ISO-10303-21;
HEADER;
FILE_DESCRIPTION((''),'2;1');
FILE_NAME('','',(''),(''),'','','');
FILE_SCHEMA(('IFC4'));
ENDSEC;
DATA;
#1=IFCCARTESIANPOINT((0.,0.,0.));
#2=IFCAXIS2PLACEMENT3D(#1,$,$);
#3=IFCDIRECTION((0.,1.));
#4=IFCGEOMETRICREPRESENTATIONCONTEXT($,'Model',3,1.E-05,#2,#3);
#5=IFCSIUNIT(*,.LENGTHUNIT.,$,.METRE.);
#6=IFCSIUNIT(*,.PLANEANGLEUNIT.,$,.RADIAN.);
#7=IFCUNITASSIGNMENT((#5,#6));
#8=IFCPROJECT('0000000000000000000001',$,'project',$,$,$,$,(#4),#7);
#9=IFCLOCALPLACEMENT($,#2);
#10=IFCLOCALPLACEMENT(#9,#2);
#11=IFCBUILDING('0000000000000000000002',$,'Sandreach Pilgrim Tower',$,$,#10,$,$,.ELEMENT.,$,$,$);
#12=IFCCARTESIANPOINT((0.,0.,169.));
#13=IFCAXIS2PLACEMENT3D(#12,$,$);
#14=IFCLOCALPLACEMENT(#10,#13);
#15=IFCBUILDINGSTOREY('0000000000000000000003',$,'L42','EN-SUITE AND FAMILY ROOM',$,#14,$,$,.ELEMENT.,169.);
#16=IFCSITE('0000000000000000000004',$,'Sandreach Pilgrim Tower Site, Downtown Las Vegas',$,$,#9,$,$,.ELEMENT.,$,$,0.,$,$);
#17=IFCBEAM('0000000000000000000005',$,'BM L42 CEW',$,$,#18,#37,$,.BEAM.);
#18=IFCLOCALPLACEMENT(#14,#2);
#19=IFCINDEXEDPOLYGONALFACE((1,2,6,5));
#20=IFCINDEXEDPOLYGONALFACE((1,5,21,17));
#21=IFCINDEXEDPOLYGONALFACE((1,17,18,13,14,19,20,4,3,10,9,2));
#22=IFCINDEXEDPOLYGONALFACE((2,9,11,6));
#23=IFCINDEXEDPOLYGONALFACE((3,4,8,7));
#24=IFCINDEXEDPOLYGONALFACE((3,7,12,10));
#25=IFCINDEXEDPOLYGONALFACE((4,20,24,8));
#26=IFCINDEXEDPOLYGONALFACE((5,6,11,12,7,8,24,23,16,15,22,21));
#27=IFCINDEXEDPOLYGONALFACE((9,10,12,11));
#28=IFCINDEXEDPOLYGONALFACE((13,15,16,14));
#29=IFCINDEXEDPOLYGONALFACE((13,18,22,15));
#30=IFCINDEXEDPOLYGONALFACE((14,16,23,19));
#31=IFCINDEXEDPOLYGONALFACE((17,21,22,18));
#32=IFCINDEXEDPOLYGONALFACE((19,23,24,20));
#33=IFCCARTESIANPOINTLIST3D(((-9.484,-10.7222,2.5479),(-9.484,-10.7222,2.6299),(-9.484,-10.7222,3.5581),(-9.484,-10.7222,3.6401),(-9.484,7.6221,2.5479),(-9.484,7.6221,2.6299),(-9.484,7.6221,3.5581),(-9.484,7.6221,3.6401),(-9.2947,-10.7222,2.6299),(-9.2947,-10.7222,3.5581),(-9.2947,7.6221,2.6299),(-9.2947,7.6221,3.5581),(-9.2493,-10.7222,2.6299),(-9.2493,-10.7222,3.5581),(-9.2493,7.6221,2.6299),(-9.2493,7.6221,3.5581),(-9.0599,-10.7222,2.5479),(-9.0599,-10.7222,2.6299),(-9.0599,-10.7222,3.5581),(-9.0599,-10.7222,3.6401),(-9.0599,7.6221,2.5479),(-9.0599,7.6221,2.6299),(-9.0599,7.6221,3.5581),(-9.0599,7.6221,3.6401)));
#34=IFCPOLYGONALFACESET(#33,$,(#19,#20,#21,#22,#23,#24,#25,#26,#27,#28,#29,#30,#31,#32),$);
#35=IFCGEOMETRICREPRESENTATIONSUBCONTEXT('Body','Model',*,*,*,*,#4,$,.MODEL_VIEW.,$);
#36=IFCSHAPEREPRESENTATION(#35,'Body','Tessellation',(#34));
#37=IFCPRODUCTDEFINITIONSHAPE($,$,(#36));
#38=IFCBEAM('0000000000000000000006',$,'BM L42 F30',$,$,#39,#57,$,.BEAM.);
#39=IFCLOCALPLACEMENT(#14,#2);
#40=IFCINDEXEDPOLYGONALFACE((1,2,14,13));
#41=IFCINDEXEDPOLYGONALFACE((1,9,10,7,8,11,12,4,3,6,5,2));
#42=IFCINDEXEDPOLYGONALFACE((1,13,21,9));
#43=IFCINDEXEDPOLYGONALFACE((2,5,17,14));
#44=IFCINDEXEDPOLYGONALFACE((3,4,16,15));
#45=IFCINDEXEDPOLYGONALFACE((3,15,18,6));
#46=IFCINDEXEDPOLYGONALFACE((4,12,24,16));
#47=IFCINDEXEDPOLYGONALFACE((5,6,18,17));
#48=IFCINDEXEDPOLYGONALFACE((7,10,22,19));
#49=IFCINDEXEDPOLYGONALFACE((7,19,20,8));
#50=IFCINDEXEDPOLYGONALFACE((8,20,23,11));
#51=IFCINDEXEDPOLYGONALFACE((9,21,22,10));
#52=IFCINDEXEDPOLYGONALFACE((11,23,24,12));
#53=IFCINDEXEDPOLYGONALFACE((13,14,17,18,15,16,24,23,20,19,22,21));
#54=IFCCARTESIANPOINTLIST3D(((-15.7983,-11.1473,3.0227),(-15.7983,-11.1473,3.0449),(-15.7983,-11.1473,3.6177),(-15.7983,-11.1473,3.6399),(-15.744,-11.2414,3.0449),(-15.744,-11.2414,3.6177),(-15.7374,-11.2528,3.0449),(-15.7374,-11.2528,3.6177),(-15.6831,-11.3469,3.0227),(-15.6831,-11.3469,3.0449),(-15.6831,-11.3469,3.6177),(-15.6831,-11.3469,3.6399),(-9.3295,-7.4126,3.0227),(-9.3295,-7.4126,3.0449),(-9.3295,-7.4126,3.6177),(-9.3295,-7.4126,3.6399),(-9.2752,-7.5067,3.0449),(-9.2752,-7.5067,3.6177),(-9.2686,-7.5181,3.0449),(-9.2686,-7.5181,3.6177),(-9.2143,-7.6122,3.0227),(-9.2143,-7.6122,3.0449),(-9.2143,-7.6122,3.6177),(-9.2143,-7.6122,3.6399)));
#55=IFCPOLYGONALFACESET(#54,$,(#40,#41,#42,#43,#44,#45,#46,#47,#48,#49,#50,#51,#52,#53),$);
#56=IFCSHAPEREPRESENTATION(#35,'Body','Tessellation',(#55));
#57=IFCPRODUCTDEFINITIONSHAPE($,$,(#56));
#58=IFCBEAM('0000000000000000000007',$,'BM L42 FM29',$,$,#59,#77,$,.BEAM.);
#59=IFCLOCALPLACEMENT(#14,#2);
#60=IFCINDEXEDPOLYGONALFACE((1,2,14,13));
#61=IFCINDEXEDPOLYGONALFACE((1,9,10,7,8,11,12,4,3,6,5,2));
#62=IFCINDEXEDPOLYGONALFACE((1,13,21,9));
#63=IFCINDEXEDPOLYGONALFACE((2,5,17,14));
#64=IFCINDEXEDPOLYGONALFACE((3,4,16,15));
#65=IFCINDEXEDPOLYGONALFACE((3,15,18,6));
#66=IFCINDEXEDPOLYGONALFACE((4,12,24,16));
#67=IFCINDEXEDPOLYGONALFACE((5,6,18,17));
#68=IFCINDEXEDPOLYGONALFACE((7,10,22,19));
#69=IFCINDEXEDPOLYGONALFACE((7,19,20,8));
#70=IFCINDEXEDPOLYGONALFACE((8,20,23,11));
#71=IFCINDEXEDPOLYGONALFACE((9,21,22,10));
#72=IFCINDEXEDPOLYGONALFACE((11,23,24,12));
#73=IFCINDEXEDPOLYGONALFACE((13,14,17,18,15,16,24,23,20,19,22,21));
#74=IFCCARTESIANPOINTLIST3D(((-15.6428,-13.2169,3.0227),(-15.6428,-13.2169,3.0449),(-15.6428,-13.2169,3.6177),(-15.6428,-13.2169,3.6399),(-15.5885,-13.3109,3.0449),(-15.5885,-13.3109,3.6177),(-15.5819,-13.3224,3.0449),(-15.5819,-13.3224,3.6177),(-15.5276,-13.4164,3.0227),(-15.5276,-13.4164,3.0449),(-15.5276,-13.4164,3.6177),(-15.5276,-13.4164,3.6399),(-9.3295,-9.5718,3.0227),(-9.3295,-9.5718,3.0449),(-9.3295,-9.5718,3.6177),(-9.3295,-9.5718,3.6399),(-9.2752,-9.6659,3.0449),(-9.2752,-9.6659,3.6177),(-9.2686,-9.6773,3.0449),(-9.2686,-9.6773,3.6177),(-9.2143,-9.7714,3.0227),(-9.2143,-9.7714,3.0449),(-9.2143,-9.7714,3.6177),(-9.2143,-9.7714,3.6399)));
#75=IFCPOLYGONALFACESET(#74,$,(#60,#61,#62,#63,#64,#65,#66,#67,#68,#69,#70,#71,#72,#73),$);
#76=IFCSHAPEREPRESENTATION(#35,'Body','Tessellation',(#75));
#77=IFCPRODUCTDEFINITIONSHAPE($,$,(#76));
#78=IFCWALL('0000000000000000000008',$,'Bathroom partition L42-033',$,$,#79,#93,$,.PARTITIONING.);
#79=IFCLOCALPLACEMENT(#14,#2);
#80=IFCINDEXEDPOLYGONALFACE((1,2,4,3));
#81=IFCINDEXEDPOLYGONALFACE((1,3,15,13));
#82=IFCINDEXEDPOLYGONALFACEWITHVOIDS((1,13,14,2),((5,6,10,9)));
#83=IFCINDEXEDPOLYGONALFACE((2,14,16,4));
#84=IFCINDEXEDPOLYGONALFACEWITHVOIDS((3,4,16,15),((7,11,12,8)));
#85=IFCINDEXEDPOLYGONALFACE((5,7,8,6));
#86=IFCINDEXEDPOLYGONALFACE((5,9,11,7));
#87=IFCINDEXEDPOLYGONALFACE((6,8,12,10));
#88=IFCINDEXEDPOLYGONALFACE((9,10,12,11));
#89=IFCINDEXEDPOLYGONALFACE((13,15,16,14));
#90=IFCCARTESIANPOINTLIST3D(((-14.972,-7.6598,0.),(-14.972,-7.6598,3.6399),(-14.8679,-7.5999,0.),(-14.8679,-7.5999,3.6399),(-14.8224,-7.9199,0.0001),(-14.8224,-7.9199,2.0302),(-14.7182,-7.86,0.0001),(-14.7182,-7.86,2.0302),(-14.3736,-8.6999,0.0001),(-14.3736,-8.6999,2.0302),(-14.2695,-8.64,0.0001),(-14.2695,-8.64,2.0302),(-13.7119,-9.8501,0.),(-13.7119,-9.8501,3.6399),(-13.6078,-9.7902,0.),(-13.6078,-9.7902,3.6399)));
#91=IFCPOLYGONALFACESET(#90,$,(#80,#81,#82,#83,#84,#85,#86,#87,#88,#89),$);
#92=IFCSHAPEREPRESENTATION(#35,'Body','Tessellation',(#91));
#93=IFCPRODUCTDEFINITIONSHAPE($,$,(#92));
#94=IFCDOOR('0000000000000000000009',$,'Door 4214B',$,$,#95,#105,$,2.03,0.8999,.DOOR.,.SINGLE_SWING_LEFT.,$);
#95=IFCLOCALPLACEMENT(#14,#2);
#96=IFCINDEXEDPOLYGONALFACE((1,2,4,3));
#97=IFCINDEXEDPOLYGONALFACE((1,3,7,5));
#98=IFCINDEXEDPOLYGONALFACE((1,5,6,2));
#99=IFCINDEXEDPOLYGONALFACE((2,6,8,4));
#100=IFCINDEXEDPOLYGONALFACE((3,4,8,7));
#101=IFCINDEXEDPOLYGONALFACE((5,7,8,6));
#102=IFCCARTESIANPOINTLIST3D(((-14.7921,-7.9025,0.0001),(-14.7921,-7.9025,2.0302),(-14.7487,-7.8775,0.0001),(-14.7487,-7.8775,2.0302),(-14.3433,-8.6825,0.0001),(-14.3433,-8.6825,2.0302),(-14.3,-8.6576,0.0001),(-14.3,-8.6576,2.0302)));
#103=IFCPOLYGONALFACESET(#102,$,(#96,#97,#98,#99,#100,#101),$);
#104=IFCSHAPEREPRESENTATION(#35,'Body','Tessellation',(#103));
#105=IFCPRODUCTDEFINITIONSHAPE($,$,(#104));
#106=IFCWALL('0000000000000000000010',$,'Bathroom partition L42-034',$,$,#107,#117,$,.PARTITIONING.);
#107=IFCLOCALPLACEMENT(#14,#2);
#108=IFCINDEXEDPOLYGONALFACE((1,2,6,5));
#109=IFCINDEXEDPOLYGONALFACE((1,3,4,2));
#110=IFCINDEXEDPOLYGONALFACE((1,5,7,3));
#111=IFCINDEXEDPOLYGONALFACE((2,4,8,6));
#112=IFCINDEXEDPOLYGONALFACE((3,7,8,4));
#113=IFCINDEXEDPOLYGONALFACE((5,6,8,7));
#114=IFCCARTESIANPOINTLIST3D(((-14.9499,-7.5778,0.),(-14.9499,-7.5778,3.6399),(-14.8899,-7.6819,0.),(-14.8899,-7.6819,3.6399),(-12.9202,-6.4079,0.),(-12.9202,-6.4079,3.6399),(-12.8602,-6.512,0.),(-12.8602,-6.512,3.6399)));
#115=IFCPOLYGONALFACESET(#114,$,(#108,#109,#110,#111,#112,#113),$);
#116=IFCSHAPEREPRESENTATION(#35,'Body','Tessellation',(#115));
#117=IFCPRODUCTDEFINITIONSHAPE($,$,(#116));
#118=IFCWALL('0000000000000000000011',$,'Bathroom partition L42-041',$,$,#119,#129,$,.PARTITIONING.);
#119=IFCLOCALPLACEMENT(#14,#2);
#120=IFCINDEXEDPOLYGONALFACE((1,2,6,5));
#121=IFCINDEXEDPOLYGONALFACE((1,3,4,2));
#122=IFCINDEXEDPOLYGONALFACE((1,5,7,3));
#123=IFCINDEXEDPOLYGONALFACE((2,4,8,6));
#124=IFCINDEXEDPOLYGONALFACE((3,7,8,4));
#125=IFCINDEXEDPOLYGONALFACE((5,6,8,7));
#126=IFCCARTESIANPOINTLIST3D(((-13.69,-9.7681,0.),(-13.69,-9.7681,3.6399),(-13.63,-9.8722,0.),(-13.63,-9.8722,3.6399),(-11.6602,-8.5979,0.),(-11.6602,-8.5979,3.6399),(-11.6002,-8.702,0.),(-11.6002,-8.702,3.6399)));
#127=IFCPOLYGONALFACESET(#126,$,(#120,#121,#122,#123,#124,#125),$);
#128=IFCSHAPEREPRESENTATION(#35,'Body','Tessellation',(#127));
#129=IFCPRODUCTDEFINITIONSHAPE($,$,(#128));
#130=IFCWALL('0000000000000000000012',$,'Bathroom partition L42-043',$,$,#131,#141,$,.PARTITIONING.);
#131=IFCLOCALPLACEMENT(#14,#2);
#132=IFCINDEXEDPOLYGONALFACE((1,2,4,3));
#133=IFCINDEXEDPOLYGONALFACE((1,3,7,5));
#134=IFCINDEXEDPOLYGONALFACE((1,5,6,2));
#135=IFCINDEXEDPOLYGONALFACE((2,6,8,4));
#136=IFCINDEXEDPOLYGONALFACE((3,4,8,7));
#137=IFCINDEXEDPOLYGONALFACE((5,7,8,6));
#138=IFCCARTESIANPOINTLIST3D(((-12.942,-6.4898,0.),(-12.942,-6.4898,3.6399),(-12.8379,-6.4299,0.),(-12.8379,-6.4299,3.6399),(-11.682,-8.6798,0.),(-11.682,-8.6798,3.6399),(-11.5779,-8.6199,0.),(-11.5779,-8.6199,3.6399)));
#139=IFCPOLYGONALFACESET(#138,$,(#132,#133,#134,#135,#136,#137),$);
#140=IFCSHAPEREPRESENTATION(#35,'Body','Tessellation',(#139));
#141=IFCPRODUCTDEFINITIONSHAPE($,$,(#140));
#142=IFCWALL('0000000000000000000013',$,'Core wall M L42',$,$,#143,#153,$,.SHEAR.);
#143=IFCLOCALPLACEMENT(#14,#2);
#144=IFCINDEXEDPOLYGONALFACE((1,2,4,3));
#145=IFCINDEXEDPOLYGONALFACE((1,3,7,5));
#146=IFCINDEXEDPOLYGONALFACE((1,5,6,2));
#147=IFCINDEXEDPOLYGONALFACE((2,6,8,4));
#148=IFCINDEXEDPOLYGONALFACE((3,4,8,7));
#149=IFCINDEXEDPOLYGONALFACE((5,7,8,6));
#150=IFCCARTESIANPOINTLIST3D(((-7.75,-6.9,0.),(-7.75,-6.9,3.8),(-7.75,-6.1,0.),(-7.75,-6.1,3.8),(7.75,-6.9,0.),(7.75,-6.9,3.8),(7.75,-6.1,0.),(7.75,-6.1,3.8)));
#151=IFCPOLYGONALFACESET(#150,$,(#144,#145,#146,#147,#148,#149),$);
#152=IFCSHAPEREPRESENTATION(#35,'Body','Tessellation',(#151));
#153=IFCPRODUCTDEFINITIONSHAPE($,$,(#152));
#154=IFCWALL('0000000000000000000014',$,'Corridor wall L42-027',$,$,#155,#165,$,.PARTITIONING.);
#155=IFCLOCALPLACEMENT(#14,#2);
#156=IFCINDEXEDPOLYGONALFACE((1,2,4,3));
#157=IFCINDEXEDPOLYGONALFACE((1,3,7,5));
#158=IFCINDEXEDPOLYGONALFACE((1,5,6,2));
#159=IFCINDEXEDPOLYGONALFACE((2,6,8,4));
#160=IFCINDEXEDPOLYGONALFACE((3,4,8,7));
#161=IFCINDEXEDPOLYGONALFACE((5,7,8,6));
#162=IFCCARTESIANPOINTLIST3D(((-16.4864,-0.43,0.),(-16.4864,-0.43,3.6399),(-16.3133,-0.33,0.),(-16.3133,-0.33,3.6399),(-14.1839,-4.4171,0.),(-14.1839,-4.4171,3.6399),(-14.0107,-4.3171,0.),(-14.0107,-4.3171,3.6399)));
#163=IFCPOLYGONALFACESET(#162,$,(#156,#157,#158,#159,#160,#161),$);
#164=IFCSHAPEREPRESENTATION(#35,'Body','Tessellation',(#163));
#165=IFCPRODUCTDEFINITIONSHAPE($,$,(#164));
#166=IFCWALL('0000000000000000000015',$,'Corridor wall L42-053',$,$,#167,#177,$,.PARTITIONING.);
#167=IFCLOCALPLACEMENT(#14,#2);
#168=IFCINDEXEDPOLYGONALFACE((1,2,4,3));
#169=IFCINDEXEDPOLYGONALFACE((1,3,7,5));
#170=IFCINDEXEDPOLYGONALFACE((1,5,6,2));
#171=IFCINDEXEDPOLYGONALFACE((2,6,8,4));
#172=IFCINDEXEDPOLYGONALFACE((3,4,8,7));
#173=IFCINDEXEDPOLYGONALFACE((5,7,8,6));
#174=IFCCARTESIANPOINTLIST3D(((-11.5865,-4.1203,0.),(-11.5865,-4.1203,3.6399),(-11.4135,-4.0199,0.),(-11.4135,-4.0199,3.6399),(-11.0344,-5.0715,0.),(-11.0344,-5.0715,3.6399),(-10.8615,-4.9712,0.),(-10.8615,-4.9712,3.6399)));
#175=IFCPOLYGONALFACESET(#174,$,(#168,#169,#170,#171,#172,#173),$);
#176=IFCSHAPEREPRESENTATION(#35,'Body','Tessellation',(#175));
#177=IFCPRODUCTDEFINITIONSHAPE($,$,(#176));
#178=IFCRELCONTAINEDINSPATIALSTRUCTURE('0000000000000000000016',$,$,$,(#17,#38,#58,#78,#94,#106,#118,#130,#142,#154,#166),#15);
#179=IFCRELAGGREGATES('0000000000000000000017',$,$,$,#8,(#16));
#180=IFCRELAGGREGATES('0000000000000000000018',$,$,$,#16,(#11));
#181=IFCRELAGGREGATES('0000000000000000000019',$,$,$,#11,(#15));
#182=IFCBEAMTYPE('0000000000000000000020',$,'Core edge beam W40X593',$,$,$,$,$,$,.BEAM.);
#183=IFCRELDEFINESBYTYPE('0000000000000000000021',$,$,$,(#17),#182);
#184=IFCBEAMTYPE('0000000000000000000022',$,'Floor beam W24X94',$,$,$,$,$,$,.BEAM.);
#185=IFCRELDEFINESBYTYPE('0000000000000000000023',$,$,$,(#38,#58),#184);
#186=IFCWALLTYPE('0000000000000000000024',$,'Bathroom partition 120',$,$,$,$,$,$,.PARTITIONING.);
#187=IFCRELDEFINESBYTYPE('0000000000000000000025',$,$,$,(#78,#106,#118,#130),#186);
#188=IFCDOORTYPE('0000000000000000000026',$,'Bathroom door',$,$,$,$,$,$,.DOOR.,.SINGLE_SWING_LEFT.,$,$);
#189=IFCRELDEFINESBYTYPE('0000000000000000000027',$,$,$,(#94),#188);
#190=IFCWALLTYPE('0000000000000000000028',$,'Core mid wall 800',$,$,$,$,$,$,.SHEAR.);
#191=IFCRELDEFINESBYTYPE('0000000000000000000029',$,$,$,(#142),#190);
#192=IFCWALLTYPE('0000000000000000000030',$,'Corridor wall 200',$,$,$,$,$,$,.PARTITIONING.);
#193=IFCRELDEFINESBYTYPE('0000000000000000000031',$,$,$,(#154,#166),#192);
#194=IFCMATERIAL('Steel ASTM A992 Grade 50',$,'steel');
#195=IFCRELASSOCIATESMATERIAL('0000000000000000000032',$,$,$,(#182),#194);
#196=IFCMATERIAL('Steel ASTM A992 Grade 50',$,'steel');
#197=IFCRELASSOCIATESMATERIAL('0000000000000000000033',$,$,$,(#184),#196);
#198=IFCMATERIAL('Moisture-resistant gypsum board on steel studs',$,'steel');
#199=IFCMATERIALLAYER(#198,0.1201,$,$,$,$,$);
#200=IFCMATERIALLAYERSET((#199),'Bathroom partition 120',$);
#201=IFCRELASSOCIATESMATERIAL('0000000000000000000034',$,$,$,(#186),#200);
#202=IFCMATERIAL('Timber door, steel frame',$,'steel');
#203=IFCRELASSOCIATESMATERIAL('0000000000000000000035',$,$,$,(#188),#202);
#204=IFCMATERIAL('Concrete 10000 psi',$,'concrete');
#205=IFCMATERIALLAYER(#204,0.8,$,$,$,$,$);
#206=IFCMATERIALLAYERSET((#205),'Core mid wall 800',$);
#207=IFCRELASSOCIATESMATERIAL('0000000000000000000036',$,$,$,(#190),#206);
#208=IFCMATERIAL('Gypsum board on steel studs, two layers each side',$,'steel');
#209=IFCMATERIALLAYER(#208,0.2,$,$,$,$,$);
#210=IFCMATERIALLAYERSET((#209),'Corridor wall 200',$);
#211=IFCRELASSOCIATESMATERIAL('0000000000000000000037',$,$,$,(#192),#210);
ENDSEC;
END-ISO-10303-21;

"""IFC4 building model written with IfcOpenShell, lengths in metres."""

from ifc_helpers import new_model, si_unit, direction, frame, frame_2d, origin, origin_2d, place, context, subcontext, project, spatial, rectangle, i_section, extrude, material, layer, layer_set, material_profile, profile_set, type_object, element, fill, save


model = new_model("IFC4")

# Units and contexts
model_context = context("Model", 3, precision=1e-05, world=origin(), true_north=direction((0.0, 1.0)))
body_context = subcontext(model_context, "Body", "Model", "MODEL_VIEW")
ifc_project = project(units=[si_unit("LENGTHUNIT", "METRE"), si_unit("PLANEANGLEUNIT", "RADIAN")], contexts=[model_context])

# Site, building, storey
site_placement = place(None, origin())
site = spatial("IfcSite", under=ifc_project, at=site_placement, Name="Sandreach Pilgrim Tower Site, Downtown Las Vegas", CompositionType="ELEMENT", RefElevation=0.0)
building_placement = place(site_placement, origin())
building = spatial("IfcBuilding", under=site, at=building_placement, Name="Sandreach Pilgrim Tower", CompositionType="ELEMENT")
storey_placement = place(building_placement, frame((0.0, 0.0, 169.0)))
storey = spatial("IfcBuildingStorey", under=building, at=storey_placement, Name="L42", Description="EN-SUITE AND FAMILY ROOM", CompositionType="ELEMENT", Elevation=169.0)

# Beams
ifc_material_1 = material(Name="Steel ASTM A992 Grade 50", Category="steel")
ifc_material_profile_1 = material_profile(ifc_material_1, i_section(OverallWidth=0.4241, OverallDepth=1.0923, WebThickness=0.0454, FlangeThickness=0.082, at=origin_2d()), Name="W40X593")
ifc_profile_set_1 = profile_set([ifc_material_profile_1], Name="Steel ASTM A992 Grade 50")
beam_type_1 = type_object("IfcBeamType", Name="Core edge beam W40X593", PredefinedType="BEAM", material=ifc_profile_set_1)
beam_1_placement = place(storey_placement, frame((-9.272, -10.7222, 3.094), z_axis=(0.0, 1.0, 0.0), x_axis=(-1.0, 0.0, 0.0)))
element("IfcBeam", 1, at=beam_1_placement, inside=storey, type_object=beam_type_1, Name="BM L42 CEW", PredefinedType="BEAM", context=body_context, shape_type="SweptSolid", body=[
    extrude(i_section(OverallWidth=0.4241, OverallDepth=1.0923, WebThickness=0.0454, FlangeThickness=0.082, at=origin_2d()), origin(), (0.0, 0.0, 1.0), 18.3442),
])
ifc_material_2 = material(Name="Steel ASTM A992 Grade 50", Category="steel")
ifc_material_profile_2 = material_profile(ifc_material_2, i_section(OverallWidth=0.2305, OverallDepth=0.6172, WebThickness=0.0132, FlangeThickness=0.0222, at=origin_2d()), Name="W24X94")
ifc_profile_set_2 = profile_set([ifc_material_profile_2], Name="Steel ASTM A992 Grade 50")
beam_type_2 = type_object("IfcBeamType", Name="Floor beam W24X94", PredefinedType="BEAM", material=ifc_profile_set_2)
beam_2_placement = place(storey_placement, frame((-15.7407, -11.2471, 3.3313), z_axis=(0.866032, 0.499988, 0.0), x_axis=(-0.499988, 0.866032, 0.0)))
element("IfcBeam", 2, at=beam_2_placement, inside=storey, type_object=beam_type_2, Name="BM L42 F30", PredefinedType="BEAM", context=body_context, shape_type="SweptSolid", body=[
    extrude(i_section(OverallWidth=0.2305, OverallDepth=0.6172, WebThickness=0.0132, FlangeThickness=0.0222, at=origin_2d()), origin(), (0.0, 0.0, 1.0), 7.4695),
])
beam_3_placement = place(storey_placement, frame((-15.5852, -13.3167, 3.3313), z_axis=(0.866021, 0.500008, 0.0), x_axis=(-0.500008, 0.866021, 0.0)))
element("IfcBeam", 3, at=beam_3_placement, inside=storey, type_object=beam_type_2, Name="BM L42 FM29", PredefinedType="BEAM", context=body_context, shape_type="SweptSolid", body=[
    extrude(i_section(OverallWidth=0.2305, OverallDepth=0.6172, WebThickness=0.0132, FlangeThickness=0.0222, at=origin_2d()), origin(), (0.0, 0.0, 1.0), 7.29),
])

# Wall, opening, door
ifc_material_3 = material(Name="Moisture-resistant gypsum board on steel studs", Category="steel")
ifc_layer_1 = layer(ifc_material_3, 0.1201)
ifc_layer_set_1 = layer_set([ifc_layer_1], Name="Bathroom partition 120")
wall_type_1 = type_object("IfcWallType", Name="Bathroom partition 120", PredefinedType="PARTITIONING", material=ifc_layer_set_1)
wall_1_placement = place(storey_placement, frame((-14.9199, -7.6299, 0.0), z_axis=(0.0, 0.0, 1.0), x_axis=(0.498665, -0.866795, 0.0)))
wall_1 = element("IfcWall", 4, at=wall_1_placement, inside=storey, type_object=wall_type_1, Name="Bathroom partition L42-033", PredefinedType="PARTITIONING", context=body_context, shape_type="SweptSolid", body=[
    extrude(rectangle(XDim=2.5269, YDim=0.1201, at=frame_2d((1.2634, 0.0))), origin(), (0.0, 0.0, 1.0), 3.6399),
])
opening_1_placement = place(wall_1_placement, frame((0.3, 0.0, 0.0)))
opening_1 = element("IfcOpeningElement", 5, at=opening_1_placement, cuts=wall_1, PredefinedType="OPENING", context=body_context, shape_type="SweptSolid", body=[
    extrude(rectangle(XDim=0.8999, YDim=2.03, at=frame_2d((0.45, 1.0151))), frame((0.0, 0.0601, 0.0), z_axis=(0.0, -1.0, 0.0), x_axis=(1.0, 0.0, 0.0)), (0.0, 0.0, 1.0), 0.1201),
])
ifc_material_4 = material(Name="Timber door, steel frame", Category="steel")
door_type_1 = type_object("IfcDoorType", Name="Bathroom door", OperationType="SINGLE_SWING_LEFT", PredefinedType="DOOR", material=ifc_material_4)
door_1_placement = place(opening_1_placement, origin())
door_1 = element("IfcDoor", 6, at=door_1_placement, inside=storey, type_object=door_type_1, Name="Door 4214B", OperationType="SINGLE_SWING_LEFT", OverallHeight=2.03, OverallWidth=0.8999, PredefinedType="DOOR", context=body_context, shape_type="SweptSolid", body=[
    extrude(rectangle(XDim=0.8999, YDim=2.03, at=frame_2d((0.45, 1.0151))), frame((0.0, 0.0249, 0.0), z_axis=(0.0, -1.0, 0.0), x_axis=(1.0, 0.0, 0.0)), (0.0, 0.0, 1.0), 0.05),
])
fill(opening_1, door_1)

# Walls
wall_2_placement = place(storey_placement, frame((-14.9199, -7.6299, 0.0), z_axis=(0.0, 0.0, 1.0), x_axis=(0.86639, 0.499368, 0.0)))
element("IfcWall", 7, at=wall_2_placement, inside=storey, type_object=wall_type_1, Name="Bathroom partition L42-034", PredefinedType="PARTITIONING", context=body_context, shape_type="SweptSolid", body=[
    extrude(rectangle(XDim=2.3428, YDim=0.1201, at=frame_2d((1.1714, 0.0))), origin(), (0.0, 0.0, 1.0), 3.6399),
])
wall_3_placement = place(storey_placement, frame((-13.6599, -9.8201, 0.0), z_axis=(0.0, 0.0, 1.0), x_axis=(0.866345, 0.499446, 0.0)))
element("IfcWall", 8, at=wall_3_placement, inside=storey, type_object=wall_type_1, Name="Bathroom partition L42-041", PredefinedType="PARTITIONING", context=body_context, shape_type="SweptSolid", body=[
    extrude(rectangle(XDim=2.343, YDim=0.1201, at=frame_2d((1.1714, 0.0))), origin(), (0.0, 0.0, 1.0), 3.6399),
])
wall_4_placement = place(storey_placement, frame((-12.8899, -6.46, 0.0), z_axis=(0.0, 0.0, 1.0), x_axis=(0.498707, -0.866771, 0.0)))
element("IfcWall", 9, at=wall_4_placement, inside=storey, type_object=wall_type_1, Name="Bathroom partition L42-043", PredefinedType="PARTITIONING", context=body_context, shape_type="SweptSolid", body=[
    extrude(rectangle(XDim=2.5266, YDim=0.1201, at=frame_2d((1.2632, 0.0))), origin(), (0.0, 0.0, 1.0), 3.6399),
])
ifc_material_5 = material(Name="Concrete 10000 psi", Category="concrete")
ifc_layer_2 = layer(ifc_material_5, 0.8)
ifc_layer_set_2 = layer_set([ifc_layer_2], Name="Core mid wall 800")
wall_type_2 = type_object("IfcWallType", Name="Core mid wall 800", PredefinedType="SHEAR", material=ifc_layer_set_2)
wall_5_placement = place(storey_placement, frame((-7.75, -6.5, 0.0), z_axis=(0.0, 0.0, 1.0), x_axis=(1.0, 0.0, 0.0)))
element("IfcWall", 10, at=wall_5_placement, inside=storey, type_object=wall_type_2, Name="Core wall M L42", PredefinedType="SHEAR", context=body_context, shape_type="SweptSolid", body=[
    extrude(rectangle(XDim=15.5, YDim=0.8, at=frame_2d((7.75, 0.0))), origin(), (0.0, 0.0, 1.0), 3.8),
])

# Wall
ifc_material_6 = material(Name="Gypsum board on steel studs, two layers each side", Category="steel")
ifc_layer_3 = layer(ifc_material_6, 0.2)
ifc_layer_set_3 = layer_set([ifc_layer_3], Name="Corridor wall 200")
wall_type_3 = type_object("IfcWallType", Name="Corridor wall 200", PredefinedType="PARTITIONING", material=ifc_layer_set_3)
wall_6_placement = place(storey_placement, frame((-16.3999, -0.3799, 0.0), z_axis=(0.0, 0.0, 1.0), x_axis=(0.500091, -0.865973, 0.0)))
element("IfcWall", 11, at=wall_6_placement, inside=storey, type_object=wall_type_3, Name="Corridor wall L42-027", PredefinedType="PARTITIONING", context=body_context, shape_type="SweptSolid", body=[
    extrude(rectangle(XDim=4.6042, YDim=0.2, at=frame_2d((2.3022, 0.0))), origin(), (0.0, 0.0, 1.0), 3.6399),
])

# Wall
wall_7_placement = place(storey_placement, frame((-10.948, -5.0212, 0.0), z_axis=(0.0, 0.0, 1.0), x_axis=(-0.501937, 0.864904, 0.0)))
element("IfcWall", 12, at=wall_7_placement, inside=storey, type_object=wall_type_3, Name="Corridor wall L42-053", PredefinedType="PARTITIONING", context=body_context, shape_type="SweptSolid", body=[
    extrude(rectangle(XDim=1.0999, YDim=0.2, at=frame_2d((0.5498, 0.0))), origin(), (0.0, 0.0, 1.0), 3.6399),
])

save(model, "model.ifc")
